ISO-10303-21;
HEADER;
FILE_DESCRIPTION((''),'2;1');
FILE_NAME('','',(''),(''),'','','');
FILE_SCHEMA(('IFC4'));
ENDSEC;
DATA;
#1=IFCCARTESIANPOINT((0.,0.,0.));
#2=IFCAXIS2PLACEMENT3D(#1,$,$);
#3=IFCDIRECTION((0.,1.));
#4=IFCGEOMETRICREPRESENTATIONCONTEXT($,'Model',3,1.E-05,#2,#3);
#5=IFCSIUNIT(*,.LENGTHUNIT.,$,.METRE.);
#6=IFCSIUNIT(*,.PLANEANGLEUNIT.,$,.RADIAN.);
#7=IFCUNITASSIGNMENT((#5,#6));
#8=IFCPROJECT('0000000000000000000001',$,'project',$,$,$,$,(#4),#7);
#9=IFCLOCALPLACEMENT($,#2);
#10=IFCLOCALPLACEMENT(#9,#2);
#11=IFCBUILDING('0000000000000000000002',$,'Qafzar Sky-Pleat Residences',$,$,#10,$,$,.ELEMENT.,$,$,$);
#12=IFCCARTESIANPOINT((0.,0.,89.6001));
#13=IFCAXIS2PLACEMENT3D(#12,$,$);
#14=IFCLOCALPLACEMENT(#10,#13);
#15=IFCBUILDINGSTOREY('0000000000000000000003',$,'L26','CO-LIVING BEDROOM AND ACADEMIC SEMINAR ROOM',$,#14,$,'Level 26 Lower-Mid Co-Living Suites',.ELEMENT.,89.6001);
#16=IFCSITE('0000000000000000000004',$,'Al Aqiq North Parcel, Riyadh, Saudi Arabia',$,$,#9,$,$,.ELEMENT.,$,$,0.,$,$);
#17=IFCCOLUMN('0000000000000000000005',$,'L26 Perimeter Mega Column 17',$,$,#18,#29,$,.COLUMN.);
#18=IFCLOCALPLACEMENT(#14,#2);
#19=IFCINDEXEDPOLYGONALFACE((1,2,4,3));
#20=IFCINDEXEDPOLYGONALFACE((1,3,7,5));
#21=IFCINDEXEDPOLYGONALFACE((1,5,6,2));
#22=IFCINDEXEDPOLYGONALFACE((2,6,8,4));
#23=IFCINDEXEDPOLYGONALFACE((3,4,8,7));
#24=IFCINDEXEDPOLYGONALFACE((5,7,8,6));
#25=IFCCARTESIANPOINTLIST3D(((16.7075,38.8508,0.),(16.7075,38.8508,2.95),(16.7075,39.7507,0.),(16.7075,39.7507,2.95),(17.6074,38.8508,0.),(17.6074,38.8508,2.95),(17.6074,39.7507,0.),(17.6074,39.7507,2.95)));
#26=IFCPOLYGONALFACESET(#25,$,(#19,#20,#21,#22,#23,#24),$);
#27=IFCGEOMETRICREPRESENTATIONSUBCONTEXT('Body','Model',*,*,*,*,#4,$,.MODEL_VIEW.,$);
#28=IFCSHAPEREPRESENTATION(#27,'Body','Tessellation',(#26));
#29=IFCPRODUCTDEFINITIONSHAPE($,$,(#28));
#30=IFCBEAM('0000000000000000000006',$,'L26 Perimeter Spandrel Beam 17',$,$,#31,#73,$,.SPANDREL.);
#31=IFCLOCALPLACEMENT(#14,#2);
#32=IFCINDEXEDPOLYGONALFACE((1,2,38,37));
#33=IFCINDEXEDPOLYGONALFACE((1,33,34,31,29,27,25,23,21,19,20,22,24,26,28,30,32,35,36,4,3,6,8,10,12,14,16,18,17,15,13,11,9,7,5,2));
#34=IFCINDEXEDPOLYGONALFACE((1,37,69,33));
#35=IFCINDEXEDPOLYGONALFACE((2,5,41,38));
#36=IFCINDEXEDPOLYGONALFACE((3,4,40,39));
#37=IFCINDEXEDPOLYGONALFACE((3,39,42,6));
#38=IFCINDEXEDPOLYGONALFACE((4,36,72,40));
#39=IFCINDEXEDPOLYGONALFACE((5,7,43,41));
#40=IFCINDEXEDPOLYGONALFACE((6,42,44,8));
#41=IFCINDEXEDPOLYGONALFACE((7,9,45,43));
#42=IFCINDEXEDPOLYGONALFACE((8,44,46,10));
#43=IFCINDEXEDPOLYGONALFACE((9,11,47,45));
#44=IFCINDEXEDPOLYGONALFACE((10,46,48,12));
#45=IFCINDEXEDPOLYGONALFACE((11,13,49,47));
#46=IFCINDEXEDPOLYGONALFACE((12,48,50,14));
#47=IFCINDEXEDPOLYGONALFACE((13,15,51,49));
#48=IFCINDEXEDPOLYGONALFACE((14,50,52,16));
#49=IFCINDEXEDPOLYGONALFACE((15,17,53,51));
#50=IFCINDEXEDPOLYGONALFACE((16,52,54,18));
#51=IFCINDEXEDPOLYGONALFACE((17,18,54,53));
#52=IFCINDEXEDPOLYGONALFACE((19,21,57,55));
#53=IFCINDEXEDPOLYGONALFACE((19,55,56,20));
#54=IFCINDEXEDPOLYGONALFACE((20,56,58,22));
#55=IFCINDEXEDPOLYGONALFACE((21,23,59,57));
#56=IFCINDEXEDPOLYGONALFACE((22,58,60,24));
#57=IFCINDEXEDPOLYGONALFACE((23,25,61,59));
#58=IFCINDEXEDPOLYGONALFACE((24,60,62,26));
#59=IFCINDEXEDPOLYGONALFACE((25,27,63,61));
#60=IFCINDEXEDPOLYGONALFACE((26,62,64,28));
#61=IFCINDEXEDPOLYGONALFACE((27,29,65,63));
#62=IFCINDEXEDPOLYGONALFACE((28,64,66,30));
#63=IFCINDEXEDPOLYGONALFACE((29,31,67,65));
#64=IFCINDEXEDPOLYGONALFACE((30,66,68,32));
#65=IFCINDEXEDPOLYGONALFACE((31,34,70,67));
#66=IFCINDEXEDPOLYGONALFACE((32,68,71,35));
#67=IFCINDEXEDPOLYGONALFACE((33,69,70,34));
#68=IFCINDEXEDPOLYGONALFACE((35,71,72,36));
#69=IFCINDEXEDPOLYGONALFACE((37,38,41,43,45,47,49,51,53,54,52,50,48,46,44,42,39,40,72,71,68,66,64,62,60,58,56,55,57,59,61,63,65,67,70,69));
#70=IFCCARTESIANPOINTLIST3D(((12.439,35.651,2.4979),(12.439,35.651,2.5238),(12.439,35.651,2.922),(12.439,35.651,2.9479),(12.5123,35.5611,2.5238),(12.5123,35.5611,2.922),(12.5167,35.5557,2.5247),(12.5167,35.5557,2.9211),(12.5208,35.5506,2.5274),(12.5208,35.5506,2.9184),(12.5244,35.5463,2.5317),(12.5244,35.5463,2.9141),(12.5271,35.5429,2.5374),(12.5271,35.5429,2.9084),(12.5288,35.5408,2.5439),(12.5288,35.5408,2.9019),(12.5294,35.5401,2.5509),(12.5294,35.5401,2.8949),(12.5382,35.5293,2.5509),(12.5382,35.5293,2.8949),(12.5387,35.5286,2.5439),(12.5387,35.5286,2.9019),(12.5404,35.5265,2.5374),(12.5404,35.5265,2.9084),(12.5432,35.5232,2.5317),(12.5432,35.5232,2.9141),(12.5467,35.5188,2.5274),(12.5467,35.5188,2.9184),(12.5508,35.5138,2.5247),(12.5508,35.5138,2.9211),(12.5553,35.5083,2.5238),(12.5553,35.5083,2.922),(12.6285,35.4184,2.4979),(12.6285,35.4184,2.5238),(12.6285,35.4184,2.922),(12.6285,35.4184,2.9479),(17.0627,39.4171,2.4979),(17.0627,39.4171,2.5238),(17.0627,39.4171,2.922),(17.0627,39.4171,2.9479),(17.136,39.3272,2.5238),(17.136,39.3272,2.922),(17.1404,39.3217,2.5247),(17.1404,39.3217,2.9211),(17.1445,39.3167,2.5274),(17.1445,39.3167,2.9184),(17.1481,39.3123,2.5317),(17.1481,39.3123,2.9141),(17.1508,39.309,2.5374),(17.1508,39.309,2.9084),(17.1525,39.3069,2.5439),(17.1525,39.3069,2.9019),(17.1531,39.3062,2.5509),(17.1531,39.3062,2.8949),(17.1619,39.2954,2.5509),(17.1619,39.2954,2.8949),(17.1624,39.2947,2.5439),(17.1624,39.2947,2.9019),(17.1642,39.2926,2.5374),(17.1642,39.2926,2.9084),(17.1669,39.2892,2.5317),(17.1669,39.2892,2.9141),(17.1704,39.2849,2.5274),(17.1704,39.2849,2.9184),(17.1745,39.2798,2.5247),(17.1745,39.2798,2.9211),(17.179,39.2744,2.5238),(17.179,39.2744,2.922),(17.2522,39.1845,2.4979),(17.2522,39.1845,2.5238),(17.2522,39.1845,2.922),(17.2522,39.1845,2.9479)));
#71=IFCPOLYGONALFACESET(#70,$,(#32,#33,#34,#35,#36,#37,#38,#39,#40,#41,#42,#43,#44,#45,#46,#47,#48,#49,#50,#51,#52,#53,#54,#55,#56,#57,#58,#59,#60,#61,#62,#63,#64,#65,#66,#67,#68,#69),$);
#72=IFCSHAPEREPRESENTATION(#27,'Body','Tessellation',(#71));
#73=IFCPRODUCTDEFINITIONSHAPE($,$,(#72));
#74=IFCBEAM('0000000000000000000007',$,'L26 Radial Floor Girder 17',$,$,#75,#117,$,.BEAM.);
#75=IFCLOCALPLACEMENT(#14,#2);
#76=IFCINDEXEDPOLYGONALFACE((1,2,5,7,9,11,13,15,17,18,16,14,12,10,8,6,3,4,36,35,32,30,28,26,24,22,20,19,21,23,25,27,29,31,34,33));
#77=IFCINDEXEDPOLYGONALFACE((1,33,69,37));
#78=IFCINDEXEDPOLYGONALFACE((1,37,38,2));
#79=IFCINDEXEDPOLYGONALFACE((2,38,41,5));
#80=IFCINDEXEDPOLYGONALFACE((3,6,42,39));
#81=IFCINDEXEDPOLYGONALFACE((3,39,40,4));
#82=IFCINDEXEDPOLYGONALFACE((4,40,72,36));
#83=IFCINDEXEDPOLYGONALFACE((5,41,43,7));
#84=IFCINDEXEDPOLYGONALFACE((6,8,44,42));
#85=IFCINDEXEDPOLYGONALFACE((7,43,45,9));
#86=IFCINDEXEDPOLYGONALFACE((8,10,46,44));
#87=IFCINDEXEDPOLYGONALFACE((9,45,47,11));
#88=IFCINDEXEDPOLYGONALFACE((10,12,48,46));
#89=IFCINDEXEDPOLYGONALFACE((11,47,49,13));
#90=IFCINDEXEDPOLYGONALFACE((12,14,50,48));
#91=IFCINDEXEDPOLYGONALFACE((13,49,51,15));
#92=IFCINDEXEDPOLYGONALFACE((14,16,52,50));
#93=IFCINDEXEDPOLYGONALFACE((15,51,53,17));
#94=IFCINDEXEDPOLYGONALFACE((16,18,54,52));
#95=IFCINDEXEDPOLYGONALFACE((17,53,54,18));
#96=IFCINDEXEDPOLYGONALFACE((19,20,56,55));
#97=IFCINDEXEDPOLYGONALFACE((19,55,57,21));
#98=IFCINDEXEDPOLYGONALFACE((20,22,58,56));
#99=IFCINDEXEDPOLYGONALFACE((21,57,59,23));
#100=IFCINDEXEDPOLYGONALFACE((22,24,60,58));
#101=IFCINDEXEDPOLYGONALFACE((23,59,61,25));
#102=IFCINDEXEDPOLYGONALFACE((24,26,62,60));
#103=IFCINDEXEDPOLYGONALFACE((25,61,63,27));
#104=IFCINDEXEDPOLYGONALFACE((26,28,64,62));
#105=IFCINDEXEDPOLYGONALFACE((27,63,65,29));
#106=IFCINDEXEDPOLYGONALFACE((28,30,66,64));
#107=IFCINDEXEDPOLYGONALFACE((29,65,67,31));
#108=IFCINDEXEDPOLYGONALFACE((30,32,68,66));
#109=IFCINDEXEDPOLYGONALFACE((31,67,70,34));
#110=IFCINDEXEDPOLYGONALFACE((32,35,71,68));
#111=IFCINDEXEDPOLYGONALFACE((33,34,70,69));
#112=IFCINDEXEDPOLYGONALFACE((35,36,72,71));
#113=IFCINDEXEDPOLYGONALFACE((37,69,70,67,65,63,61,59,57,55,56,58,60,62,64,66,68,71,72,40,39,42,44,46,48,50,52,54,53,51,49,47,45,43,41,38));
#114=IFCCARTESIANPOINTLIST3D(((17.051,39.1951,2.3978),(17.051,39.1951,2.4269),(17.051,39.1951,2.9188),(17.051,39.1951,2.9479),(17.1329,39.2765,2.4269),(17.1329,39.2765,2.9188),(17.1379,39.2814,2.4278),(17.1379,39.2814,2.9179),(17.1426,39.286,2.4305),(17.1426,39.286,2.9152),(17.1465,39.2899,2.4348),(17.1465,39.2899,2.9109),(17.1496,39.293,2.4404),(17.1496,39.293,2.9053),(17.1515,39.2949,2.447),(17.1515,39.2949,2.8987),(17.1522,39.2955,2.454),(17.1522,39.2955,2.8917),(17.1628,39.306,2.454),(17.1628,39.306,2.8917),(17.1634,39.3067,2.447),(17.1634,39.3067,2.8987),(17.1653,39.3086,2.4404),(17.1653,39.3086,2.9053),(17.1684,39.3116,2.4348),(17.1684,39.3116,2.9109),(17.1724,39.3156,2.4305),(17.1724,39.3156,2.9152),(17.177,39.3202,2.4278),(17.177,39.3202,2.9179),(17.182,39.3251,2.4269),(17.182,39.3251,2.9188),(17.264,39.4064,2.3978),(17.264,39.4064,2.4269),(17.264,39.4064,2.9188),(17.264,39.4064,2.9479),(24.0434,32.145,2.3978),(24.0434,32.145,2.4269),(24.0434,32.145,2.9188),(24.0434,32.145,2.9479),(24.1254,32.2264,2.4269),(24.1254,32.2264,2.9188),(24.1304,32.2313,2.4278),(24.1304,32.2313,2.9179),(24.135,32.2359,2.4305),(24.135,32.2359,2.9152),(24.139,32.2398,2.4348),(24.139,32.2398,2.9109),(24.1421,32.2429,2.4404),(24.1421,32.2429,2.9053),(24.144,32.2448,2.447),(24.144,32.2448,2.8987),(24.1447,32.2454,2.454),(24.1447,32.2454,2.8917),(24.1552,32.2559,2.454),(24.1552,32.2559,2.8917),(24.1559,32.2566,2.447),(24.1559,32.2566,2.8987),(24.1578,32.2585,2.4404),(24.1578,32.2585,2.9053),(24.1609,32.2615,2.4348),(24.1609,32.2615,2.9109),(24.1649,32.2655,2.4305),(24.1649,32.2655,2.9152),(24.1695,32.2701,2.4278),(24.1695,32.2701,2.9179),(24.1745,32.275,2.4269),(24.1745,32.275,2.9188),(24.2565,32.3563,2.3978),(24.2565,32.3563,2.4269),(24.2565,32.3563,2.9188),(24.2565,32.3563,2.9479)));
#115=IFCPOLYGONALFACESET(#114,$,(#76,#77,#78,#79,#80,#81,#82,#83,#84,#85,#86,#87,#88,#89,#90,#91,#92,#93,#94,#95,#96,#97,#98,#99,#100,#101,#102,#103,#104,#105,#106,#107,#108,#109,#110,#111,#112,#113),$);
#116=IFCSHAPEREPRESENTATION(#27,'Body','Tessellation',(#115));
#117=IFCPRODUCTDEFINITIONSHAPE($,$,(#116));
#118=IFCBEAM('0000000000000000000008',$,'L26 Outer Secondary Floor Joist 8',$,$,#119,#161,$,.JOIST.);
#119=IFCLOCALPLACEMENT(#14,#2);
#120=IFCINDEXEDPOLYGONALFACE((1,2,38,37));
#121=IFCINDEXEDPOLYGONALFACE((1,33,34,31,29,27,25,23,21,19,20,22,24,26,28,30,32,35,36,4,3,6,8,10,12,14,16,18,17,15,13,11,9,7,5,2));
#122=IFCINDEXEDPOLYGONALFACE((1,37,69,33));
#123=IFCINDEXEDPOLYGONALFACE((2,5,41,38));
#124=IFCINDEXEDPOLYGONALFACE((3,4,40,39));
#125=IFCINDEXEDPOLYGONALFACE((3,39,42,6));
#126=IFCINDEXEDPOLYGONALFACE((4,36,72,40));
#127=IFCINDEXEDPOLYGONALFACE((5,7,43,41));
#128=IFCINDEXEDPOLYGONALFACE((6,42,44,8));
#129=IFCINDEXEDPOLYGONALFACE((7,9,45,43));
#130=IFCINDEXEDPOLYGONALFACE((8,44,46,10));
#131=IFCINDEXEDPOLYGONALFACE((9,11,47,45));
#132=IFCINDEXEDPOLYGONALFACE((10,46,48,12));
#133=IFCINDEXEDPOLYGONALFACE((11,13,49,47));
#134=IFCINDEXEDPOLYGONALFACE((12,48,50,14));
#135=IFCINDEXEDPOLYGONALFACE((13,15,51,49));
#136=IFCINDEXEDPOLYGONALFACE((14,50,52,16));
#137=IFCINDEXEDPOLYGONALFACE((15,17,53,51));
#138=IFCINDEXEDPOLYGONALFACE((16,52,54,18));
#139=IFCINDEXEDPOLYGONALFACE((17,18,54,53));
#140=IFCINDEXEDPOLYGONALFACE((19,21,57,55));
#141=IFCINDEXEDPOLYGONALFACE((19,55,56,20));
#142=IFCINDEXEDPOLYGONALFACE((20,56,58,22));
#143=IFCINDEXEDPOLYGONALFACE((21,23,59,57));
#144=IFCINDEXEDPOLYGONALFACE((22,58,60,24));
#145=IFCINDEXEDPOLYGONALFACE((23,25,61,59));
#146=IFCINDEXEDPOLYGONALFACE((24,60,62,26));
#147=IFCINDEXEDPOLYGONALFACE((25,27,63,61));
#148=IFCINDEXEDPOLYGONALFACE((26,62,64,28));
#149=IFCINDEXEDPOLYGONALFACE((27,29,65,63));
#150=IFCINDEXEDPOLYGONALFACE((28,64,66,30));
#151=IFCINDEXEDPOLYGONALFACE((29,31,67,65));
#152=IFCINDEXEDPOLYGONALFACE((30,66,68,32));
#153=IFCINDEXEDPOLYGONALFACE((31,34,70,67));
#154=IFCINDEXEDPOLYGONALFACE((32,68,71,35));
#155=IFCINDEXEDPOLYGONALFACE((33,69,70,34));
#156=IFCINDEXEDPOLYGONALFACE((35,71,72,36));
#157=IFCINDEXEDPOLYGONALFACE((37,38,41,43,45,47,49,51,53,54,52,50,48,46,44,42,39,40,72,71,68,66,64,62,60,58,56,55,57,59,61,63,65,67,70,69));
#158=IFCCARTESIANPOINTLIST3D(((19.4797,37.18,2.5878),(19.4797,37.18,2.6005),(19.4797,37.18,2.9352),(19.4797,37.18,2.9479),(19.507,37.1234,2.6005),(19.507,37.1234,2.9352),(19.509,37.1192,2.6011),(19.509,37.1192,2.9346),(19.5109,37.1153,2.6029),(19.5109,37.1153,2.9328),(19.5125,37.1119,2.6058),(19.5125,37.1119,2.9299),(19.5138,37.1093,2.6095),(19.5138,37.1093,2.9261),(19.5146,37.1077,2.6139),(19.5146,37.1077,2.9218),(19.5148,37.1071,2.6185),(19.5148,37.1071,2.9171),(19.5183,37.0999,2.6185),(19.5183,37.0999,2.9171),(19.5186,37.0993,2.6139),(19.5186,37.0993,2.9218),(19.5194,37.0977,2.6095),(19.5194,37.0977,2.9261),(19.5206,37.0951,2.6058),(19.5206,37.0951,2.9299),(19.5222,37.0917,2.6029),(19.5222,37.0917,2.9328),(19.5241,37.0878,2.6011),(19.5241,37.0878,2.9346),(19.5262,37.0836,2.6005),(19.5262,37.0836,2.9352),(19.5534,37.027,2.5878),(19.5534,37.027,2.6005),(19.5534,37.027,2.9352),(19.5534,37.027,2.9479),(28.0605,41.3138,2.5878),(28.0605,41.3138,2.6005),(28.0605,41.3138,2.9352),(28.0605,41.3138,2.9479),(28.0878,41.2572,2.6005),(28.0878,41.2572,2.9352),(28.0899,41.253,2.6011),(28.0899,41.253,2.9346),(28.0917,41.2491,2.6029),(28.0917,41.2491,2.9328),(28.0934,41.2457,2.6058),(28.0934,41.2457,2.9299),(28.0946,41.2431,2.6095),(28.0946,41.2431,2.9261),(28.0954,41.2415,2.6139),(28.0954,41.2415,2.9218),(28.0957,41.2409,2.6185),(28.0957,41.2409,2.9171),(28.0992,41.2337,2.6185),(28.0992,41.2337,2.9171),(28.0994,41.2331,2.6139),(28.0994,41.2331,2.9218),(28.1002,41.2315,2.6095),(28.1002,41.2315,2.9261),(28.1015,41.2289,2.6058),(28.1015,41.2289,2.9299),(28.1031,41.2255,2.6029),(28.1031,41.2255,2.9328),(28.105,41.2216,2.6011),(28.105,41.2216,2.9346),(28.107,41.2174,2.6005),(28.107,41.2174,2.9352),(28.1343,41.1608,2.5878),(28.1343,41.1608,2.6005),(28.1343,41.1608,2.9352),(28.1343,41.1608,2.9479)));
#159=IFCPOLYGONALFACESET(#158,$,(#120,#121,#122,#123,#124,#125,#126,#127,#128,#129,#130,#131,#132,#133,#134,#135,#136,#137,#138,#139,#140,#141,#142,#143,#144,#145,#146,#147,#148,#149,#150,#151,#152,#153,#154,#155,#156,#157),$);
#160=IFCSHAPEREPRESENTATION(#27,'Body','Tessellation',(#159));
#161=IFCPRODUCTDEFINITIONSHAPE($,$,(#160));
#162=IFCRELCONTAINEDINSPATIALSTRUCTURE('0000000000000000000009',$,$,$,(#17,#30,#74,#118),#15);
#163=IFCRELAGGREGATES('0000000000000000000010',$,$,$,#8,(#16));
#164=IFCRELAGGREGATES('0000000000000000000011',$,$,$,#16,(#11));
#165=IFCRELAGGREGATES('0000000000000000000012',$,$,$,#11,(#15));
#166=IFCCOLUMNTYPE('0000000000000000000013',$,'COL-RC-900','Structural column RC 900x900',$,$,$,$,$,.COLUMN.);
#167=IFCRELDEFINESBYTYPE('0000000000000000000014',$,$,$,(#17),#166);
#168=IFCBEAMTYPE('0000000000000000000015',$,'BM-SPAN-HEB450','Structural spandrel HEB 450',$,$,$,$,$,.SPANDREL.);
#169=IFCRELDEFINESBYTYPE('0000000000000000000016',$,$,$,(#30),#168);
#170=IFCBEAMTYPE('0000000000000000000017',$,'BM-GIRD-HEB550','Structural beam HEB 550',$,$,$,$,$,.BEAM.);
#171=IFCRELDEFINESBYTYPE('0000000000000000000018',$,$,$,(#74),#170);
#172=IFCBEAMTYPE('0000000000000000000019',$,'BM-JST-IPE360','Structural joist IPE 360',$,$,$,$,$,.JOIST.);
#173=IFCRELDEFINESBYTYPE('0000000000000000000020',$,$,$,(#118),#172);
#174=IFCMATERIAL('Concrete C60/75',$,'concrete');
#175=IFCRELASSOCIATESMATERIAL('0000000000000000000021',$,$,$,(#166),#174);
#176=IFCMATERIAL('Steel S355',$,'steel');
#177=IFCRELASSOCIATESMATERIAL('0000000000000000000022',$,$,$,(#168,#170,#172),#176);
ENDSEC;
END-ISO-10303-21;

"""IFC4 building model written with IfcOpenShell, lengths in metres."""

from ifc_helpers import new_model, si_unit, direction, frame, origin, origin_2d, place, context, subcontext, project, spatial, rectangle, i_section, extrude, source, transform, mapped, material, material_profile, profile_set, type_object, element, save


model = new_model("IFC4")

# Units and contexts
model_context = context("Model", 3, precision=1e-05, world=origin(), true_north=direction((0.0, 1.0)))
body_context = subcontext(model_context, "Body", "Model", "MODEL_VIEW")
ifc_project = project(units=[si_unit("LENGTHUNIT", "METRE"), si_unit("PLANEANGLEUNIT", "RADIAN")], contexts=[model_context])

# Site, building, storey
site_placement = place(None, origin())
site = spatial("IfcSite", under=ifc_project, at=site_placement, Name="Al Aqiq North Parcel, Riyadh, Saudi Arabia", CompositionType="ELEMENT", RefElevation=0.0)
building_placement = place(site_placement, origin())
building = spatial("IfcBuilding", under=site, at=building_placement, Name="Qafzar Sky-Pleat Residences", CompositionType="ELEMENT")
storey_placement = place(building_placement, frame((0.0, 0.0, 89.6001)))
storey = spatial("IfcBuildingStorey", under=building, at=storey_placement, Name="L26", Description="CO-LIVING BEDROOM AND ACADEMIC SEMINAR ROOM", LongName="Level 26 Lower-Mid Co-Living Suites", CompositionType="ELEMENT", Elevation=89.6001)

# Column
ifc_material_1 = material(Name="Concrete C60/75", Category="concrete")
ifc_material_profile_1 = material_profile(ifc_material_1, rectangle(XDim=0.8999, YDim=0.8999, at=origin_2d()), Name="RC 900x900")
ifc_profile_set_1 = profile_set([ifc_material_profile_1], Name="Concrete C60/75")
column_type = type_object("IfcColumnType", Name="COL-RC-900", Description="Structural column RC 900x900", PredefinedType="COLUMN", material=ifc_profile_set_1)
shared_shape_1 = source(origin(), body_context, "Body", "SweptSolid", [
    extrude(rectangle(XDim=0.8999, YDim=0.8999, at=origin_2d()), origin(), (0.0, 0.0, 1.0), 2.95),
])
column_placement = place(storey_placement, frame((17.1575, 39.3008, 0.0), z_axis=(0.0, 0.0, 1.0), x_axis=(1.0, 0.0, 0.0)))
element("IfcColumn", 1, at=column_placement, inside=storey, type_object=column_type, Name="L26 Perimeter Mega Column 17", PredefinedType="COLUMN", context=body_context, shape_type="MappedRepresentation", body=[
    mapped(shared_shape_1, transform((0.0, 0.0, 0.0), x_axis=(1.0, 0.0, 0.0), y_axis=(0.0, 1.0, 0.0), z_axis=(0.0, 0.0, 1.0), scale=1.0)),
])

# Beams
ifc_material_2 = material(Name="Steel S355", Category="steel")
ifc_material_profile_2 = material_profile(ifc_material_2, i_section(OverallWidth=0.3, OverallDepth=0.45, WebThickness=0.0139, FlangeThickness=0.0259, FilletRadius=0.0271, at=origin_2d()), Name="HEB 450")
ifc_profile_set_2 = profile_set([ifc_material_profile_2], Name="Steel S355")
beam_type_1 = type_object("IfcBeamType", Name="BM-SPAN-HEB450", Description="Structural spandrel HEB 450", PredefinedType="SPANDREL", material=ifc_profile_set_2)
shared_shape_2 = source(origin(), body_context, "Body", "SweptSolid", [
    extrude(i_section(OverallWidth=0.3, OverallDepth=0.45, WebThickness=0.0139, FlangeThickness=0.0259, FilletRadius=0.0271, at=origin_2d()), origin(), (0.0, 0.0, 1.0), 5.9634),
])
beam_1_placement = place(storey_placement, frame((17.1575, 39.3008, 2.7229), z_axis=(-0.775351, -0.631531, 0.0), x_axis=(0.631531, -0.775351, 0.0)))
element("IfcBeam", 2, at=beam_1_placement, inside=storey, type_object=beam_type_1, Name="L26 Perimeter Spandrel Beam 17", PredefinedType="SPANDREL", context=body_context, shape_type="MappedRepresentation", body=[
    mapped(shared_shape_2, transform((0.0, 0.0, 0.0), x_axis=(1.0, 0.0, 0.0), y_axis=(0.0, 1.0, 0.0), z_axis=(0.0, 0.0, 1.0), scale=1.0)),
])
ifc_material_profile_3 = material_profile(ifc_material_2, i_section(OverallWidth=0.3, OverallDepth=0.55, WebThickness=0.0149, FlangeThickness=0.0291, FilletRadius=0.0271, at=origin_2d()), Name="HEB 550")
ifc_profile_set_3 = profile_set([ifc_material_profile_3], Name="Steel S355")
beam_type_2 = type_object("IfcBeamType", Name="BM-GIRD-HEB550", Description="Structural beam HEB 550", PredefinedType="BEAM", material=ifc_profile_set_3)
shared_shape_3 = source(origin(), body_context, "Body", "SweptSolid", [
    extrude(i_section(OverallWidth=0.3, OverallDepth=0.55, WebThickness=0.0149, FlangeThickness=0.0291, FilletRadius=0.0271, at=origin_2d()), origin(), (0.0, 0.0, 1.0), 9.9297),
])
beam_2_placement = place(storey_placement, frame((17.1575, 39.3008, 2.6729), z_axis=(0.7042, -0.710002, 0.0), x_axis=(0.710002, 0.7042, 0.0)))
element("IfcBeam", 3, at=beam_2_placement, inside=storey, type_object=beam_type_2, Name="L26 Radial Floor Girder 17", PredefinedType="BEAM", context=body_context, shape_type="MappedRepresentation", body=[
    mapped(shared_shape_3, transform((0.0, 0.0, 0.0), x_axis=(1.0, 0.0, 0.0), y_axis=(0.0, 1.0, 0.0), z_axis=(0.0, 0.0, 1.0), scale=1.0)),
])
ifc_material_profile_4 = material_profile(ifc_material_2, i_section(OverallWidth=0.1699, OverallDepth=0.3601, WebThickness=0.0081, FlangeThickness=0.0127, FilletRadius=0.0181, at=origin_2d()), Name="IPE 360")
ifc_profile_set_4 = profile_set([ifc_material_profile_4], Name="Steel S355")
beam_type_3 = type_object("IfcBeamType", Name="BM-JST-IPE360", Description="Structural joist IPE 360", PredefinedType="JOIST", material=ifc_profile_set_4)
shared_shape_4 = source(origin(), body_context, "Body", "SweptSolid", [
    extrude(i_section(OverallWidth=0.1699, OverallDepth=0.3601, WebThickness=0.0081, FlangeThickness=0.0127, FilletRadius=0.0181, at=origin_2d()), origin(), (0.0, 0.0, 1.0), 9.5247),
])
beam_3_placement = place(storey_placement, frame((28.0974, 41.2373, 2.7678), z_axis=(-0.900908, -0.434011, 0.0), x_axis=(0.434011, -0.900908, 0.0)))
element("IfcBeam", 4, at=beam_3_placement, inside=storey, type_object=beam_type_3, Name="L26 Outer Secondary Floor Joist 8", PredefinedType="JOIST", context=body_context, shape_type="MappedRepresentation", body=[
    mapped(shared_shape_4, transform((0.0, 0.0, 0.0), x_axis=(1.0, 0.0, 0.0), y_axis=(0.0, 1.0, 0.0), z_axis=(0.0, 0.0, 1.0), scale=1.0)),
])

save(model, "model.ifc")
